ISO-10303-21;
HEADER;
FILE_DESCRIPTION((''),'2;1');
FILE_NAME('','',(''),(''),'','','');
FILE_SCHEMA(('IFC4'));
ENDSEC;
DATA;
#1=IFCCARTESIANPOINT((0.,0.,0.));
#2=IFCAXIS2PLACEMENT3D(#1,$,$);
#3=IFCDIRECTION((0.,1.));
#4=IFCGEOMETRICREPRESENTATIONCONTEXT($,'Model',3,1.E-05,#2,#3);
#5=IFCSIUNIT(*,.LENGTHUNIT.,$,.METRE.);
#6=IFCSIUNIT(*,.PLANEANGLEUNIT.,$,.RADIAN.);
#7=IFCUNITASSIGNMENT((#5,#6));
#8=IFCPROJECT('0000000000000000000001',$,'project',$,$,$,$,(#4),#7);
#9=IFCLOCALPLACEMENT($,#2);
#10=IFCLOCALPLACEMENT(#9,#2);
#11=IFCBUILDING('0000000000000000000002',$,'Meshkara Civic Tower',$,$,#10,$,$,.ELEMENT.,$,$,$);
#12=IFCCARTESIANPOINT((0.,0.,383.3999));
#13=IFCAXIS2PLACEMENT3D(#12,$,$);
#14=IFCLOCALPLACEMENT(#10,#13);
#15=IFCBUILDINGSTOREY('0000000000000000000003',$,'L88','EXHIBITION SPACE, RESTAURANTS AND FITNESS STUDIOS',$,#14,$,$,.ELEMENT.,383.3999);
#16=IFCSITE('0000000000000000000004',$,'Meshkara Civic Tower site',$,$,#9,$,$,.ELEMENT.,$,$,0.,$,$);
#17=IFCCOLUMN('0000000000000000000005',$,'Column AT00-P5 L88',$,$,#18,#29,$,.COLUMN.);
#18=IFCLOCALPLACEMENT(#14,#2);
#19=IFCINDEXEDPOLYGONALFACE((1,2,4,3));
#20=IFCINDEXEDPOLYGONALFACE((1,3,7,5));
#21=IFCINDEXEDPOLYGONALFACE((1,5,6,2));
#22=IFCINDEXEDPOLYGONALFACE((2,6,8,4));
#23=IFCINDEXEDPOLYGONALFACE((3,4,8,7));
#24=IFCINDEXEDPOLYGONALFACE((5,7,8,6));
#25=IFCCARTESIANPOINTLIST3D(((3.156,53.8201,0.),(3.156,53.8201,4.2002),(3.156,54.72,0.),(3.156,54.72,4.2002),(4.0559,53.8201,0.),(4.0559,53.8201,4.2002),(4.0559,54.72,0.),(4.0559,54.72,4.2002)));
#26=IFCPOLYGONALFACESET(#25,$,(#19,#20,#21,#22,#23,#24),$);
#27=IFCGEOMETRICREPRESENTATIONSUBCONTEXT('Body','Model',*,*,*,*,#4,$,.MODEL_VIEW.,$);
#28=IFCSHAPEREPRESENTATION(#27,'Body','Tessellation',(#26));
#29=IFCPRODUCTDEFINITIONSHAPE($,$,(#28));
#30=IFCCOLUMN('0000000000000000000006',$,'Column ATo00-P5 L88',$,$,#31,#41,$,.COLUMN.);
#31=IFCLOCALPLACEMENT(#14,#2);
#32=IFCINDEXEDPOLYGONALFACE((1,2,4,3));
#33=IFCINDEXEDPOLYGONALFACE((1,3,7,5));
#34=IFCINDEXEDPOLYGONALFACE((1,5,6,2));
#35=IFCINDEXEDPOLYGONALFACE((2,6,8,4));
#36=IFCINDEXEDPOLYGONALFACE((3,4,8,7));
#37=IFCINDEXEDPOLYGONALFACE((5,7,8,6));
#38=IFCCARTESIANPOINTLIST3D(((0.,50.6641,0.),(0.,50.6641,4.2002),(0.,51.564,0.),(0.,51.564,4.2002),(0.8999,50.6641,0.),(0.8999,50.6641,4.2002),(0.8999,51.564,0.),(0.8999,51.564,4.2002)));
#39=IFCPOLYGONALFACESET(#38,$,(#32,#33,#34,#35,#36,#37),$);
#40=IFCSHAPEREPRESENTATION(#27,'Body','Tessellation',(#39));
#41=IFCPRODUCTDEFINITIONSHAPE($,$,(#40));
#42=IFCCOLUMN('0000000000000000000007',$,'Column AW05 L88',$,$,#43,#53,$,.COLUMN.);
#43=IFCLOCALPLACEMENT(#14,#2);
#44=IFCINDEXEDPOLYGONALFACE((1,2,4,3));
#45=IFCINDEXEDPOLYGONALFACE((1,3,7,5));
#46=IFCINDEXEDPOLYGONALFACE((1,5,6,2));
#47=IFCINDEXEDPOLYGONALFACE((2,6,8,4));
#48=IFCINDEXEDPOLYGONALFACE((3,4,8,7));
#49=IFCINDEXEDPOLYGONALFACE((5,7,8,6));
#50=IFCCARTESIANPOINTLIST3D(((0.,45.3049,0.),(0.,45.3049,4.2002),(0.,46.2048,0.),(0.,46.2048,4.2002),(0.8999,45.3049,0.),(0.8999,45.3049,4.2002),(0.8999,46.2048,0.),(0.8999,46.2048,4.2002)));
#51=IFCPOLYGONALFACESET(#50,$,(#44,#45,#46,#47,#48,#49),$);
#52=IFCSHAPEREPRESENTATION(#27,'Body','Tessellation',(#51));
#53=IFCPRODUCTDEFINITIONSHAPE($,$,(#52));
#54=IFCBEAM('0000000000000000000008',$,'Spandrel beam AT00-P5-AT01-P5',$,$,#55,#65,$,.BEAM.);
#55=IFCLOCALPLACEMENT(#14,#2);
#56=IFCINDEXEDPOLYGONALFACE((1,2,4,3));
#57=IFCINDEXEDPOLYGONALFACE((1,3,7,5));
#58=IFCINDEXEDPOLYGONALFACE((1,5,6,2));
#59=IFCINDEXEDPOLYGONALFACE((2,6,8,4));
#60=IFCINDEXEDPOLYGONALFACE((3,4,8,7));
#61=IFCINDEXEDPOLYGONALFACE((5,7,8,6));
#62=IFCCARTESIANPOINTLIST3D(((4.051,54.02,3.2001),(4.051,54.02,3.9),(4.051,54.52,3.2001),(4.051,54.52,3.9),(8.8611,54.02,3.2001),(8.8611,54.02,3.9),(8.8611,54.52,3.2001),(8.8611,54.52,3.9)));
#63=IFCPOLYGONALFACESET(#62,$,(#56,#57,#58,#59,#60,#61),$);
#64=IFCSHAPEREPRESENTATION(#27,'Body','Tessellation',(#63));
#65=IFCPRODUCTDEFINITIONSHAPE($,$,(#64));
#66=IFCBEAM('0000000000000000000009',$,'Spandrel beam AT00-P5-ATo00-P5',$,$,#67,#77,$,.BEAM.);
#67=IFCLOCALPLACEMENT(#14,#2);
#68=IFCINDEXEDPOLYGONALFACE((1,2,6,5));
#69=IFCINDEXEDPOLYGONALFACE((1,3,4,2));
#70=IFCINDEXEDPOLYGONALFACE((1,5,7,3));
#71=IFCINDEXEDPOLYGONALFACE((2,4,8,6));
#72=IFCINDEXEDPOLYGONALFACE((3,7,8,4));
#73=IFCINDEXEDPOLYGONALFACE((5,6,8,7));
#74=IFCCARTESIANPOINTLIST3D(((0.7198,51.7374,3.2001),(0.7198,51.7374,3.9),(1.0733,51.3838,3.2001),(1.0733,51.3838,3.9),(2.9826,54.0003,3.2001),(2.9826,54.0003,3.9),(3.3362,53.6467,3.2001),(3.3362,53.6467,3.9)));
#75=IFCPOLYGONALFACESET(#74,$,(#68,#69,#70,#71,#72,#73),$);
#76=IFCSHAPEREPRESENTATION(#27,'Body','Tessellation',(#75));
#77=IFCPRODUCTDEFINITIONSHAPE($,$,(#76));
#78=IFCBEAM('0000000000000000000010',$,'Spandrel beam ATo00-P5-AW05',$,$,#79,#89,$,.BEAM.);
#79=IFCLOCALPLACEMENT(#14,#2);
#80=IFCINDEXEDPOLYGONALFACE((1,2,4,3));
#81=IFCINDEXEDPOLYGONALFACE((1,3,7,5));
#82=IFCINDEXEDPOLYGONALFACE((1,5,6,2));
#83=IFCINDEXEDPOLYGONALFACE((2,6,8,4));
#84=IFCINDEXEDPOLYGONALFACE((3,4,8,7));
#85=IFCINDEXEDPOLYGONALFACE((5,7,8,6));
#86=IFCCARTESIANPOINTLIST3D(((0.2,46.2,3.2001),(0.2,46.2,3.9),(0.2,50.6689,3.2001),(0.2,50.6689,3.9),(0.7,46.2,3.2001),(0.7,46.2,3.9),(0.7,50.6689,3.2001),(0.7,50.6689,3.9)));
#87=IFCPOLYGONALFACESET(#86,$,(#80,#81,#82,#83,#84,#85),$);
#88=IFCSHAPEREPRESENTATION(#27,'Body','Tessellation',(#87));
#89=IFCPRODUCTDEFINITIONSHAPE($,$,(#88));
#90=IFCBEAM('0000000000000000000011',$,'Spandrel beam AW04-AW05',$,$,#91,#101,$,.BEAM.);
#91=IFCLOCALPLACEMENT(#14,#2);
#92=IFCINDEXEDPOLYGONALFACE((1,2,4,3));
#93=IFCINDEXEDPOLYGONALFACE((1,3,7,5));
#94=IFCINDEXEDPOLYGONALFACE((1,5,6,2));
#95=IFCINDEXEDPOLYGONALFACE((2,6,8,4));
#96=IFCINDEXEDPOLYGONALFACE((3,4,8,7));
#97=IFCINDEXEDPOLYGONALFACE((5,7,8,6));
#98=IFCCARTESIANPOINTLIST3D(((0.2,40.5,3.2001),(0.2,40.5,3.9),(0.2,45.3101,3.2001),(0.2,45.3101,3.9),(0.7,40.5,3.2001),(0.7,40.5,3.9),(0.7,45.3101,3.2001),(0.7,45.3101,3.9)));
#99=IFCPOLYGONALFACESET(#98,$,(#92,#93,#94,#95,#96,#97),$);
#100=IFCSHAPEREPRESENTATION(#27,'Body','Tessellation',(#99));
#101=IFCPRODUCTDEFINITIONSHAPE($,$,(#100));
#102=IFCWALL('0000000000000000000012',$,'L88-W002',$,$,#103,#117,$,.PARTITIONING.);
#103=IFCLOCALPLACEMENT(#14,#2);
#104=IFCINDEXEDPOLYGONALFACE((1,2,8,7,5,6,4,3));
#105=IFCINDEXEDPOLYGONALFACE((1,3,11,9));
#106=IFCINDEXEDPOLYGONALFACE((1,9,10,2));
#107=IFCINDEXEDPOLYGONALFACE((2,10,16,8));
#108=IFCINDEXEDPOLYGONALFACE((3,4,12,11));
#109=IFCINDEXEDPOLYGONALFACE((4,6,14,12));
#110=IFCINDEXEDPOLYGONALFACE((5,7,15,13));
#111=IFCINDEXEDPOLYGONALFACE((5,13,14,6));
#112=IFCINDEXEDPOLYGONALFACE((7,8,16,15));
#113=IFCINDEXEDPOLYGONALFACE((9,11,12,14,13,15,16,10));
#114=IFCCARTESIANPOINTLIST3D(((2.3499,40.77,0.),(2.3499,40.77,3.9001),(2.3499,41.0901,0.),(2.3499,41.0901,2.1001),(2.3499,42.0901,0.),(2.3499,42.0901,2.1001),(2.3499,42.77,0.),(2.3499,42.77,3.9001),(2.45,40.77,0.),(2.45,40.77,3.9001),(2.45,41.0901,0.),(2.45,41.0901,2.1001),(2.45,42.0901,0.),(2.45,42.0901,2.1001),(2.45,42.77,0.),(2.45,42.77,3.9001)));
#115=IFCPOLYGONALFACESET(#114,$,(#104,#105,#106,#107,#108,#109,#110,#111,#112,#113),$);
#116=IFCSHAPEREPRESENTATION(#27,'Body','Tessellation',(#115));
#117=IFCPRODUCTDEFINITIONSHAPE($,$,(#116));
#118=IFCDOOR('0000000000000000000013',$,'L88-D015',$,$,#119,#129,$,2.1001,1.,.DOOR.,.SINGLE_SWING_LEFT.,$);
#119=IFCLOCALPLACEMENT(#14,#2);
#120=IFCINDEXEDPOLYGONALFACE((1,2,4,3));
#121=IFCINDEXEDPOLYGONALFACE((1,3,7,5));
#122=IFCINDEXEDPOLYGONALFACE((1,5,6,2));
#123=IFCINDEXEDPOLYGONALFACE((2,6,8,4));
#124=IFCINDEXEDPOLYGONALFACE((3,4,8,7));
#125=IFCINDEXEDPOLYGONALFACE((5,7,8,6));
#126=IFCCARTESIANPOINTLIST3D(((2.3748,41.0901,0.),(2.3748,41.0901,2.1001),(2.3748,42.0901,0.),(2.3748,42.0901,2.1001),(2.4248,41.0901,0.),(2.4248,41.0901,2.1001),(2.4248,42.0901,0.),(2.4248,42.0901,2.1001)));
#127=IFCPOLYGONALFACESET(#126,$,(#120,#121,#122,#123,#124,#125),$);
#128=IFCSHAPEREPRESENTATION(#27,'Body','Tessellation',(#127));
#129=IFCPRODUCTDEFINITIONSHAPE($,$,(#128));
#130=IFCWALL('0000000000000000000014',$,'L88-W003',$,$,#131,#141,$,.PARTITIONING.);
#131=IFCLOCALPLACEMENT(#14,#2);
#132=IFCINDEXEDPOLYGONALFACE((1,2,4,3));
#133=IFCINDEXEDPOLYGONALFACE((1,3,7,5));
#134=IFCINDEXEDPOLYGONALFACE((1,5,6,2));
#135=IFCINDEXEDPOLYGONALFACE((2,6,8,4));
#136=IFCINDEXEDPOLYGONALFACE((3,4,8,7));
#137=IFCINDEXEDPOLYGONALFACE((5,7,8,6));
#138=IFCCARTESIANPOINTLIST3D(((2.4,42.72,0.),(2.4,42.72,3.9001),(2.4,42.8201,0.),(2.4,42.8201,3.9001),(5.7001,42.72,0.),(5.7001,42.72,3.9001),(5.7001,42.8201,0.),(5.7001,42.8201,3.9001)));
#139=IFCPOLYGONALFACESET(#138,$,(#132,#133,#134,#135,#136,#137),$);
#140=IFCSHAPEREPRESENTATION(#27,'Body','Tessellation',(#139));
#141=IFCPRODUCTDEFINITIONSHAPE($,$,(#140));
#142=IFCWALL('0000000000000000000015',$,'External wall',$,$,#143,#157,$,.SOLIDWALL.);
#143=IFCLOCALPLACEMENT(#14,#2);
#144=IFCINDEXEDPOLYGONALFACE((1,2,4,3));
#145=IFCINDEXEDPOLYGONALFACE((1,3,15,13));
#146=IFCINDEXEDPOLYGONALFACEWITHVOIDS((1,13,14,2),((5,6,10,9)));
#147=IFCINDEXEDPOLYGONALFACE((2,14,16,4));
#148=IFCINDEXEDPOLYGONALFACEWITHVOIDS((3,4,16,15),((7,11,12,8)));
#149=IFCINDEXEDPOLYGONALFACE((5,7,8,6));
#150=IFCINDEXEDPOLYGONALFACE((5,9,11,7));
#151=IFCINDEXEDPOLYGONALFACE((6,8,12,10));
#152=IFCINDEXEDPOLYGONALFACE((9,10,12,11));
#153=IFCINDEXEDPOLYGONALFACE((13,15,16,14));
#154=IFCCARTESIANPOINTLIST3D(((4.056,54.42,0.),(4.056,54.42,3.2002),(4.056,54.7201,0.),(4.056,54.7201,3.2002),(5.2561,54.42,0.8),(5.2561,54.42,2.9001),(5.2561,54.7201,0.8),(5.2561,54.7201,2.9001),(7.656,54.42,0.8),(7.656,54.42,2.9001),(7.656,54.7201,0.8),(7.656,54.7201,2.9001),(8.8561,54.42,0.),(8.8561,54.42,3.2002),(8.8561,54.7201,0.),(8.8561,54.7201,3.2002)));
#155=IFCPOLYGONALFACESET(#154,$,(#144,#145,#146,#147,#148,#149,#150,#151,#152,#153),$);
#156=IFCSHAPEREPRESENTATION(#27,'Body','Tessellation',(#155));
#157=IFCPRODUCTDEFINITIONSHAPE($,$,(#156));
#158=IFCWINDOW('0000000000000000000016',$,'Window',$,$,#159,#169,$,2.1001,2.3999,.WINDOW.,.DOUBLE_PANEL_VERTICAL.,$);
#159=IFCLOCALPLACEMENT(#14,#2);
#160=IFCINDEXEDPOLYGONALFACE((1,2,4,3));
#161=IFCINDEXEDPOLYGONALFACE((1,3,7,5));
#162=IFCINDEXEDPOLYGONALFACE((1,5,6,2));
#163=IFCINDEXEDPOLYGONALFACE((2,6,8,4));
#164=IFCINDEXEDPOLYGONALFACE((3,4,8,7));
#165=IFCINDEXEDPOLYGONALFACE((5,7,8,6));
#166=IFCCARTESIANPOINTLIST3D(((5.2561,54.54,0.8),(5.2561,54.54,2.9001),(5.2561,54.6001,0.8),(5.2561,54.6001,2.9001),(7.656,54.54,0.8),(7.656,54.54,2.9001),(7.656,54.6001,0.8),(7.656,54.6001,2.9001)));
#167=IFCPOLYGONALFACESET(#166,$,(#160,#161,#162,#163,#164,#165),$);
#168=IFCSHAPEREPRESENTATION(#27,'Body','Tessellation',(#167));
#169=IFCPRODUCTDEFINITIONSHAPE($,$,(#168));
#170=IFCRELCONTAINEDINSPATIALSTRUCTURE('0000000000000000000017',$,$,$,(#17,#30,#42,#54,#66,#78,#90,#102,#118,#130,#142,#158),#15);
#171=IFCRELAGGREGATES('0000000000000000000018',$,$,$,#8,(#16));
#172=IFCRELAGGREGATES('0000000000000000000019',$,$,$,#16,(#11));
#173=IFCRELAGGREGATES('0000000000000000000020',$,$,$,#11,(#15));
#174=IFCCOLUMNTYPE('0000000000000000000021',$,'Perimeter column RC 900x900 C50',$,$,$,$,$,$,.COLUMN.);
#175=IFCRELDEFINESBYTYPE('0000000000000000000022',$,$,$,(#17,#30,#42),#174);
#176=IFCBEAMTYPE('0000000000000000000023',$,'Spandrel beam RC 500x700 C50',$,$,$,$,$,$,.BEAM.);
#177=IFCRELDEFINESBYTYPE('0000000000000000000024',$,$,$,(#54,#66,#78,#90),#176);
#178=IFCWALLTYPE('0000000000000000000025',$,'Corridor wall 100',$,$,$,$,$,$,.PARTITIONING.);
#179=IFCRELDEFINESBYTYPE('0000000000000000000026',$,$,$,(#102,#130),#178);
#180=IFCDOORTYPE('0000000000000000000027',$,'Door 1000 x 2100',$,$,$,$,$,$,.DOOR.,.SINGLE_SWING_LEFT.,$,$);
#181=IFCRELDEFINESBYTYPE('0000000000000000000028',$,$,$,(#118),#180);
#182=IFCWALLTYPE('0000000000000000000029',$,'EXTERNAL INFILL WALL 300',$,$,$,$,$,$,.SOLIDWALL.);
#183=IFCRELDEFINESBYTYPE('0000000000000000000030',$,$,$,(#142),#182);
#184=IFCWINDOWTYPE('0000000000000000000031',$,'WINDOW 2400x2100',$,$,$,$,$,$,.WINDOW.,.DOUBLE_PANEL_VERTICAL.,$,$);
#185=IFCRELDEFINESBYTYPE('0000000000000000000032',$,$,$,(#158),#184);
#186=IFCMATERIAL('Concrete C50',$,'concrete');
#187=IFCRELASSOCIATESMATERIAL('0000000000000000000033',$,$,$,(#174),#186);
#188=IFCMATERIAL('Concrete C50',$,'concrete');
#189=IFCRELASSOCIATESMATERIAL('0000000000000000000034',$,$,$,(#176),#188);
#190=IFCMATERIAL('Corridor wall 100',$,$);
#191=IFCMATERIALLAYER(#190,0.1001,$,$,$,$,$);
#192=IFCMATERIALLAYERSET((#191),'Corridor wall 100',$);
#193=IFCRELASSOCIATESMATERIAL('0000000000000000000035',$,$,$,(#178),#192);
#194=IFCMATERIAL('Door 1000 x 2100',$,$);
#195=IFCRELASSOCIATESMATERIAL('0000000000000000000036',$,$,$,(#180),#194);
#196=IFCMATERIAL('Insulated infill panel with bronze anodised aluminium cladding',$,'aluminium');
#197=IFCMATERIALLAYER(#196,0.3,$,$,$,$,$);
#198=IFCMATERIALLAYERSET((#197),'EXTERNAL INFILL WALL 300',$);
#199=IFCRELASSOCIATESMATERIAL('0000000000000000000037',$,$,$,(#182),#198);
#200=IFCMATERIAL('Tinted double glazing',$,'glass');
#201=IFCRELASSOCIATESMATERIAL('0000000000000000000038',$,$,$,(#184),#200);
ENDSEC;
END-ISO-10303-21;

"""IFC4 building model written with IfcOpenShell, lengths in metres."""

from ifc_helpers import new_model, si_unit, direction, frame, frame_2d, origin, origin_2d, place, context, subcontext, project, spatial, rectangle, extrude, material, layer, layer_set, material_profile, profile_set, type_object, element, fill, save


model = new_model("IFC4")

# Units and contexts
model_context = context("Model", 3, precision=1e-05, world=origin(), true_north=direction((0.0, 1.0)))
body_context = subcontext(model_context, "Body", "Model", "MODEL_VIEW")
ifc_project = project(units=[si_unit("LENGTHUNIT", "METRE"), si_unit("PLANEANGLEUNIT", "RADIAN")], contexts=[model_context])

# Site, building, storey
site_placement = place(None, origin())
site = spatial("IfcSite", under=ifc_project, at=site_placement, Name="Meshkara Civic Tower site", CompositionType="ELEMENT", RefElevation=0.0)
building_placement = place(site_placement, origin())
building = spatial("IfcBuilding", under=site, at=building_placement, Name="Meshkara Civic Tower", CompositionType="ELEMENT")
storey_placement = place(building_placement, frame((0.0, 0.0, 383.3999)))
storey = spatial("IfcBuildingStorey", under=building, at=storey_placement, Name="L88", Description="EXHIBITION SPACE, RESTAURANTS AND FITNESS STUDIOS", CompositionType="ELEMENT", Elevation=383.3999)

# Columns
ifc_material_1 = material(Name="Concrete C50", Category="concrete")
ifc_material_profile_1 = material_profile(ifc_material_1, rectangle(XDim=0.8999, YDim=0.8999, at=origin_2d()))
ifc_profile_set_1 = profile_set([ifc_material_profile_1], Name="Concrete C50")
column_type = type_object("IfcColumnType", Name="Perimeter column RC 900x900 C50", PredefinedType="COLUMN", material=ifc_profile_set_1)
for number, where, z_axis, x_axis, name in (
    (1, (3.606, 54.27, 0.0), (0.0, 0.0, 1.0), (1.0, 0.0, 0.0), "Column AT00-P5 L88"),
    (2, (0.45, 51.114, 0.0), (0.0, 0.0, 1.0), (1.0, 0.0, 0.0), "Column ATo00-P5 L88"),
    (3, (0.45, 45.7549, 0.0), (0.0, 0.0, 1.0), (1.0, 0.0, 0.0), "Column AW05 L88"),
):
    element("IfcColumn", number, at=place(storey_placement, frame(where, z_axis=z_axis, x_axis=x_axis)), inside=storey, type_object=column_type, Name=name, PredefinedType="COLUMN", context=body_context, shape_type="SweptSolid", body=[
        extrude(rectangle(XDim=0.8999, YDim=0.8999, at=origin_2d()), origin(), (0.0, 0.0, 1.0), 4.2002),
    ])

# Beams
ifc_material_2 = material(Name="Concrete C50", Category="concrete")
ifc_material_profile_2 = material_profile(ifc_material_2, rectangle(XDim=0.5, YDim=0.7, at=origin_2d()))
ifc_profile_set_2 = profile_set([ifc_material_profile_2], Name="Concrete C50")
beam_type = type_object("IfcBeamType", Name="Spandrel beam RC 500x700 C50", PredefinedType="BEAM", material=ifc_profile_set_2)
beam_1_placement = place(storey_placement, frame((8.8611, 54.27, 3.55), z_axis=(-1.0, 0.0, 0.0), x_axis=(0.0, -1.0, 0.0)))
element("IfcBeam", 4, at=beam_1_placement, inside=storey, type_object=beam_type, Name="Spandrel beam AT00-P5-AT01-P5", PredefinedType="BEAM", context=body_context, shape_type="SweptSolid", body=[
    extrude(rectangle(XDim=0.5, YDim=0.7, at=origin_2d()), origin(), (0.0, 0.0, 1.0), 4.8101),
])
beam_2_placement = place(storey_placement, frame((3.1594, 53.8235, 3.55), z_axis=(-0.707107, -0.707107, 0.0), x_axis=(0.707107, -0.707107, 0.0)))
element("IfcBeam", 5, at=beam_2_placement, inside=storey, type_object=beam_type, Name="Spandrel beam AT00-P5-ATo00-P5", PredefinedType="BEAM", context=body_context, shape_type="SweptSolid", body=[
    extrude(rectangle(XDim=0.5, YDim=0.7, at=origin_2d()), origin(), (0.0, 0.0, 1.0), 3.2002),
])
beam_3_placement = place(storey_placement, frame((0.45, 50.6689, 3.55), z_axis=(0.0, -1.0, 0.0), x_axis=(1.0, 0.0, 0.0)))
element("IfcBeam", 6, at=beam_3_placement, inside=storey, type_object=beam_type, Name="Spandrel beam ATo00-P5-AW05", PredefinedType="BEAM", context=body_context, shape_type="SweptSolid", body=[
    extrude(rectangle(XDim=0.5, YDim=0.7, at=origin_2d()), origin(), (0.0, 0.0, 1.0), 4.469),
])
beam_4_placement = place(storey_placement, frame((0.45, 45.3101, 3.55), z_axis=(0.0, -1.0, 0.0), x_axis=(1.0, 0.0, 0.0)))
element("IfcBeam", 7, at=beam_4_placement, inside=storey, type_object=beam_type, Name="Spandrel beam AW04-AW05", PredefinedType="BEAM", context=body_context, shape_type="SweptSolid", body=[
    extrude(rectangle(XDim=0.5, YDim=0.7, at=origin_2d()), origin(), (0.0, 0.0, 1.0), 4.8101),
])

# Wall, opening, door
ifc_material_3 = material(Name="Corridor wall 100")
ifc_layer_1 = layer(ifc_material_3, 0.1001)
ifc_layer_set_1 = layer_set([ifc_layer_1], Name="Corridor wall 100")
wall_type_1 = type_object("IfcWallType", Name="Corridor wall 100", PredefinedType="PARTITIONING", material=ifc_layer_set_1)
wall_1_placement = place(storey_placement, frame((2.3999, 42.77, 0.0), z_axis=(0.0, 0.0, 1.0), x_axis=(0.0, -1.0, 0.0)))
wall_1 = element("IfcWall", 8, at=wall_1_placement, inside=storey, type_object=wall_type_1, Name="L88-W002", PredefinedType="PARTITIONING", context=body_context, shape_type="SweptSolid", body=[
    extrude(rectangle(XDim=2.0, YDim=0.1001, at=frame_2d((1.0, 0.0))), origin(), (0.0, 0.0, 1.0), 3.9001),
])
opening_1_placement = place(wall_1_placement, frame((0.6799, 0.0, 0.0)))
opening_1 = element("IfcOpeningElement", 9, at=opening_1_placement, cuts=wall_1, PredefinedType="OPENING", context=body_context, shape_type="SweptSolid", body=[
    extrude(rectangle(XDim=1.0, YDim=2.1001, at=frame_2d((0.5, 1.05))), frame((0.0, 0.0601, 0.0), z_axis=(0.0, -1.0, 0.0), x_axis=(1.0, 0.0, 0.0)), (0.0, 0.0, 1.0), 0.1201),
])
ifc_material_4 = material(Name="Door 1000 x 2100")
door_type_1 = type_object("IfcDoorType", Name="Door 1000 x 2100", OperationType="SINGLE_SWING_LEFT", PredefinedType="DOOR", material=ifc_material_4)
door_1_placement = place(opening_1_placement, origin())
door_1 = element("IfcDoor", 10, at=door_1_placement, inside=storey, type_object=door_type_1, Name="L88-D015", OperationType="SINGLE_SWING_LEFT", OverallHeight=2.1001, OverallWidth=1.0, PredefinedType="DOOR", context=body_context, shape_type="SweptSolid", body=[
    extrude(rectangle(XDim=1.0, YDim=2.1001, at=frame_2d((0.5, 1.05))), frame((0.0, 0.0249, 0.0), z_axis=(0.0, -1.0, 0.0), x_axis=(1.0, 0.0, 0.0)), (0.0, 0.0, 1.0), 0.05),
])
fill(opening_1, door_1)

# Wall
wall_2_placement = place(storey_placement, frame((5.7, 42.77, 0.0), z_axis=(0.0, 0.0, 1.0), x_axis=(-1.0, 0.0, 0.0)))
element("IfcWall", 11, at=wall_2_placement, inside=storey, type_object=wall_type_1, Name="L88-W003", PredefinedType="PARTITIONING", context=body_context, shape_type="SweptSolid", body=[
    extrude(rectangle(XDim=3.3, YDim=0.1001, at=frame_2d((1.6499, 0.0))), origin(), (0.0, 0.0, 1.0), 3.9001),
])

# Wall, opening, window
ifc_material_5 = material(Name="Insulated infill panel with bronze anodised aluminium cladding", Category="aluminium")
ifc_layer_2 = layer(ifc_material_5, 0.3)
ifc_layer_set_2 = layer_set([ifc_layer_2], Name="EXTERNAL INFILL WALL 300")
wall_type_2 = type_object("IfcWallType", Name="EXTERNAL INFILL WALL 300", PredefinedType="SOLIDWALL", material=ifc_layer_set_2)
wall_3_placement = place(storey_placement, frame((8.856, 54.5701, 0.0), z_axis=(0.0, 0.0, 1.0), x_axis=(-1.0, 0.0, 0.0)))
wall_3 = element("IfcWall", 12, at=wall_3_placement, inside=storey, type_object=wall_type_2, Name="External wall", PredefinedType="SOLIDWALL", context=body_context, shape_type="SweptSolid", body=[
    extrude(rectangle(XDim=4.8, YDim=0.3, at=frame_2d((2.3999, 0.0))), origin(), (0.0, 0.0, 1.0), 3.2002),
])
opening_2_placement = place(wall_3_placement, frame((1.2, 0.0, 0.8)))
opening_2 = element("IfcOpeningElement", 13, at=opening_2_placement, cuts=wall_3, PredefinedType="OPENING", context=body_context, shape_type="SweptSolid", body=[
    extrude(rectangle(XDim=2.3999, YDim=2.1001, at=frame_2d((1.2, 1.05))), frame((0.0, 0.1599, 0.0), z_axis=(0.0, -1.0, 0.0), x_axis=(1.0, 0.0, 0.0)), (0.0, 0.0, 1.0), 0.3201),
])
ifc_material_6 = material(Name="Tinted double glazing", Category="glass")
window_type = type_object("IfcWindowType", Name="WINDOW 2400x2100", PartitioningType="DOUBLE_PANEL_VERTICAL", PredefinedType="WINDOW", material=ifc_material_6)
window_1_placement = place(opening_2_placement, origin())
window_1 = element("IfcWindow", 14, at=window_1_placement, inside=storey, type_object=window_type, Name="Window", OverallHeight=2.1001, OverallWidth=2.3999, PartitioningType="DOUBLE_PANEL_VERTICAL", PredefinedType="WINDOW", context=body_context, shape_type="SweptSolid", body=[
    extrude(rectangle(XDim=2.3999, YDim=2.1001, at=frame_2d((1.2, 1.05))), frame((0.0, 0.03, 0.0), z_axis=(0.0, -1.0, 0.0), x_axis=(1.0, 0.0, 0.0)), (0.0, 0.0, 1.0), 0.0601),
])
fill(opening_2, window_1)

save(model, "model.ifc")
